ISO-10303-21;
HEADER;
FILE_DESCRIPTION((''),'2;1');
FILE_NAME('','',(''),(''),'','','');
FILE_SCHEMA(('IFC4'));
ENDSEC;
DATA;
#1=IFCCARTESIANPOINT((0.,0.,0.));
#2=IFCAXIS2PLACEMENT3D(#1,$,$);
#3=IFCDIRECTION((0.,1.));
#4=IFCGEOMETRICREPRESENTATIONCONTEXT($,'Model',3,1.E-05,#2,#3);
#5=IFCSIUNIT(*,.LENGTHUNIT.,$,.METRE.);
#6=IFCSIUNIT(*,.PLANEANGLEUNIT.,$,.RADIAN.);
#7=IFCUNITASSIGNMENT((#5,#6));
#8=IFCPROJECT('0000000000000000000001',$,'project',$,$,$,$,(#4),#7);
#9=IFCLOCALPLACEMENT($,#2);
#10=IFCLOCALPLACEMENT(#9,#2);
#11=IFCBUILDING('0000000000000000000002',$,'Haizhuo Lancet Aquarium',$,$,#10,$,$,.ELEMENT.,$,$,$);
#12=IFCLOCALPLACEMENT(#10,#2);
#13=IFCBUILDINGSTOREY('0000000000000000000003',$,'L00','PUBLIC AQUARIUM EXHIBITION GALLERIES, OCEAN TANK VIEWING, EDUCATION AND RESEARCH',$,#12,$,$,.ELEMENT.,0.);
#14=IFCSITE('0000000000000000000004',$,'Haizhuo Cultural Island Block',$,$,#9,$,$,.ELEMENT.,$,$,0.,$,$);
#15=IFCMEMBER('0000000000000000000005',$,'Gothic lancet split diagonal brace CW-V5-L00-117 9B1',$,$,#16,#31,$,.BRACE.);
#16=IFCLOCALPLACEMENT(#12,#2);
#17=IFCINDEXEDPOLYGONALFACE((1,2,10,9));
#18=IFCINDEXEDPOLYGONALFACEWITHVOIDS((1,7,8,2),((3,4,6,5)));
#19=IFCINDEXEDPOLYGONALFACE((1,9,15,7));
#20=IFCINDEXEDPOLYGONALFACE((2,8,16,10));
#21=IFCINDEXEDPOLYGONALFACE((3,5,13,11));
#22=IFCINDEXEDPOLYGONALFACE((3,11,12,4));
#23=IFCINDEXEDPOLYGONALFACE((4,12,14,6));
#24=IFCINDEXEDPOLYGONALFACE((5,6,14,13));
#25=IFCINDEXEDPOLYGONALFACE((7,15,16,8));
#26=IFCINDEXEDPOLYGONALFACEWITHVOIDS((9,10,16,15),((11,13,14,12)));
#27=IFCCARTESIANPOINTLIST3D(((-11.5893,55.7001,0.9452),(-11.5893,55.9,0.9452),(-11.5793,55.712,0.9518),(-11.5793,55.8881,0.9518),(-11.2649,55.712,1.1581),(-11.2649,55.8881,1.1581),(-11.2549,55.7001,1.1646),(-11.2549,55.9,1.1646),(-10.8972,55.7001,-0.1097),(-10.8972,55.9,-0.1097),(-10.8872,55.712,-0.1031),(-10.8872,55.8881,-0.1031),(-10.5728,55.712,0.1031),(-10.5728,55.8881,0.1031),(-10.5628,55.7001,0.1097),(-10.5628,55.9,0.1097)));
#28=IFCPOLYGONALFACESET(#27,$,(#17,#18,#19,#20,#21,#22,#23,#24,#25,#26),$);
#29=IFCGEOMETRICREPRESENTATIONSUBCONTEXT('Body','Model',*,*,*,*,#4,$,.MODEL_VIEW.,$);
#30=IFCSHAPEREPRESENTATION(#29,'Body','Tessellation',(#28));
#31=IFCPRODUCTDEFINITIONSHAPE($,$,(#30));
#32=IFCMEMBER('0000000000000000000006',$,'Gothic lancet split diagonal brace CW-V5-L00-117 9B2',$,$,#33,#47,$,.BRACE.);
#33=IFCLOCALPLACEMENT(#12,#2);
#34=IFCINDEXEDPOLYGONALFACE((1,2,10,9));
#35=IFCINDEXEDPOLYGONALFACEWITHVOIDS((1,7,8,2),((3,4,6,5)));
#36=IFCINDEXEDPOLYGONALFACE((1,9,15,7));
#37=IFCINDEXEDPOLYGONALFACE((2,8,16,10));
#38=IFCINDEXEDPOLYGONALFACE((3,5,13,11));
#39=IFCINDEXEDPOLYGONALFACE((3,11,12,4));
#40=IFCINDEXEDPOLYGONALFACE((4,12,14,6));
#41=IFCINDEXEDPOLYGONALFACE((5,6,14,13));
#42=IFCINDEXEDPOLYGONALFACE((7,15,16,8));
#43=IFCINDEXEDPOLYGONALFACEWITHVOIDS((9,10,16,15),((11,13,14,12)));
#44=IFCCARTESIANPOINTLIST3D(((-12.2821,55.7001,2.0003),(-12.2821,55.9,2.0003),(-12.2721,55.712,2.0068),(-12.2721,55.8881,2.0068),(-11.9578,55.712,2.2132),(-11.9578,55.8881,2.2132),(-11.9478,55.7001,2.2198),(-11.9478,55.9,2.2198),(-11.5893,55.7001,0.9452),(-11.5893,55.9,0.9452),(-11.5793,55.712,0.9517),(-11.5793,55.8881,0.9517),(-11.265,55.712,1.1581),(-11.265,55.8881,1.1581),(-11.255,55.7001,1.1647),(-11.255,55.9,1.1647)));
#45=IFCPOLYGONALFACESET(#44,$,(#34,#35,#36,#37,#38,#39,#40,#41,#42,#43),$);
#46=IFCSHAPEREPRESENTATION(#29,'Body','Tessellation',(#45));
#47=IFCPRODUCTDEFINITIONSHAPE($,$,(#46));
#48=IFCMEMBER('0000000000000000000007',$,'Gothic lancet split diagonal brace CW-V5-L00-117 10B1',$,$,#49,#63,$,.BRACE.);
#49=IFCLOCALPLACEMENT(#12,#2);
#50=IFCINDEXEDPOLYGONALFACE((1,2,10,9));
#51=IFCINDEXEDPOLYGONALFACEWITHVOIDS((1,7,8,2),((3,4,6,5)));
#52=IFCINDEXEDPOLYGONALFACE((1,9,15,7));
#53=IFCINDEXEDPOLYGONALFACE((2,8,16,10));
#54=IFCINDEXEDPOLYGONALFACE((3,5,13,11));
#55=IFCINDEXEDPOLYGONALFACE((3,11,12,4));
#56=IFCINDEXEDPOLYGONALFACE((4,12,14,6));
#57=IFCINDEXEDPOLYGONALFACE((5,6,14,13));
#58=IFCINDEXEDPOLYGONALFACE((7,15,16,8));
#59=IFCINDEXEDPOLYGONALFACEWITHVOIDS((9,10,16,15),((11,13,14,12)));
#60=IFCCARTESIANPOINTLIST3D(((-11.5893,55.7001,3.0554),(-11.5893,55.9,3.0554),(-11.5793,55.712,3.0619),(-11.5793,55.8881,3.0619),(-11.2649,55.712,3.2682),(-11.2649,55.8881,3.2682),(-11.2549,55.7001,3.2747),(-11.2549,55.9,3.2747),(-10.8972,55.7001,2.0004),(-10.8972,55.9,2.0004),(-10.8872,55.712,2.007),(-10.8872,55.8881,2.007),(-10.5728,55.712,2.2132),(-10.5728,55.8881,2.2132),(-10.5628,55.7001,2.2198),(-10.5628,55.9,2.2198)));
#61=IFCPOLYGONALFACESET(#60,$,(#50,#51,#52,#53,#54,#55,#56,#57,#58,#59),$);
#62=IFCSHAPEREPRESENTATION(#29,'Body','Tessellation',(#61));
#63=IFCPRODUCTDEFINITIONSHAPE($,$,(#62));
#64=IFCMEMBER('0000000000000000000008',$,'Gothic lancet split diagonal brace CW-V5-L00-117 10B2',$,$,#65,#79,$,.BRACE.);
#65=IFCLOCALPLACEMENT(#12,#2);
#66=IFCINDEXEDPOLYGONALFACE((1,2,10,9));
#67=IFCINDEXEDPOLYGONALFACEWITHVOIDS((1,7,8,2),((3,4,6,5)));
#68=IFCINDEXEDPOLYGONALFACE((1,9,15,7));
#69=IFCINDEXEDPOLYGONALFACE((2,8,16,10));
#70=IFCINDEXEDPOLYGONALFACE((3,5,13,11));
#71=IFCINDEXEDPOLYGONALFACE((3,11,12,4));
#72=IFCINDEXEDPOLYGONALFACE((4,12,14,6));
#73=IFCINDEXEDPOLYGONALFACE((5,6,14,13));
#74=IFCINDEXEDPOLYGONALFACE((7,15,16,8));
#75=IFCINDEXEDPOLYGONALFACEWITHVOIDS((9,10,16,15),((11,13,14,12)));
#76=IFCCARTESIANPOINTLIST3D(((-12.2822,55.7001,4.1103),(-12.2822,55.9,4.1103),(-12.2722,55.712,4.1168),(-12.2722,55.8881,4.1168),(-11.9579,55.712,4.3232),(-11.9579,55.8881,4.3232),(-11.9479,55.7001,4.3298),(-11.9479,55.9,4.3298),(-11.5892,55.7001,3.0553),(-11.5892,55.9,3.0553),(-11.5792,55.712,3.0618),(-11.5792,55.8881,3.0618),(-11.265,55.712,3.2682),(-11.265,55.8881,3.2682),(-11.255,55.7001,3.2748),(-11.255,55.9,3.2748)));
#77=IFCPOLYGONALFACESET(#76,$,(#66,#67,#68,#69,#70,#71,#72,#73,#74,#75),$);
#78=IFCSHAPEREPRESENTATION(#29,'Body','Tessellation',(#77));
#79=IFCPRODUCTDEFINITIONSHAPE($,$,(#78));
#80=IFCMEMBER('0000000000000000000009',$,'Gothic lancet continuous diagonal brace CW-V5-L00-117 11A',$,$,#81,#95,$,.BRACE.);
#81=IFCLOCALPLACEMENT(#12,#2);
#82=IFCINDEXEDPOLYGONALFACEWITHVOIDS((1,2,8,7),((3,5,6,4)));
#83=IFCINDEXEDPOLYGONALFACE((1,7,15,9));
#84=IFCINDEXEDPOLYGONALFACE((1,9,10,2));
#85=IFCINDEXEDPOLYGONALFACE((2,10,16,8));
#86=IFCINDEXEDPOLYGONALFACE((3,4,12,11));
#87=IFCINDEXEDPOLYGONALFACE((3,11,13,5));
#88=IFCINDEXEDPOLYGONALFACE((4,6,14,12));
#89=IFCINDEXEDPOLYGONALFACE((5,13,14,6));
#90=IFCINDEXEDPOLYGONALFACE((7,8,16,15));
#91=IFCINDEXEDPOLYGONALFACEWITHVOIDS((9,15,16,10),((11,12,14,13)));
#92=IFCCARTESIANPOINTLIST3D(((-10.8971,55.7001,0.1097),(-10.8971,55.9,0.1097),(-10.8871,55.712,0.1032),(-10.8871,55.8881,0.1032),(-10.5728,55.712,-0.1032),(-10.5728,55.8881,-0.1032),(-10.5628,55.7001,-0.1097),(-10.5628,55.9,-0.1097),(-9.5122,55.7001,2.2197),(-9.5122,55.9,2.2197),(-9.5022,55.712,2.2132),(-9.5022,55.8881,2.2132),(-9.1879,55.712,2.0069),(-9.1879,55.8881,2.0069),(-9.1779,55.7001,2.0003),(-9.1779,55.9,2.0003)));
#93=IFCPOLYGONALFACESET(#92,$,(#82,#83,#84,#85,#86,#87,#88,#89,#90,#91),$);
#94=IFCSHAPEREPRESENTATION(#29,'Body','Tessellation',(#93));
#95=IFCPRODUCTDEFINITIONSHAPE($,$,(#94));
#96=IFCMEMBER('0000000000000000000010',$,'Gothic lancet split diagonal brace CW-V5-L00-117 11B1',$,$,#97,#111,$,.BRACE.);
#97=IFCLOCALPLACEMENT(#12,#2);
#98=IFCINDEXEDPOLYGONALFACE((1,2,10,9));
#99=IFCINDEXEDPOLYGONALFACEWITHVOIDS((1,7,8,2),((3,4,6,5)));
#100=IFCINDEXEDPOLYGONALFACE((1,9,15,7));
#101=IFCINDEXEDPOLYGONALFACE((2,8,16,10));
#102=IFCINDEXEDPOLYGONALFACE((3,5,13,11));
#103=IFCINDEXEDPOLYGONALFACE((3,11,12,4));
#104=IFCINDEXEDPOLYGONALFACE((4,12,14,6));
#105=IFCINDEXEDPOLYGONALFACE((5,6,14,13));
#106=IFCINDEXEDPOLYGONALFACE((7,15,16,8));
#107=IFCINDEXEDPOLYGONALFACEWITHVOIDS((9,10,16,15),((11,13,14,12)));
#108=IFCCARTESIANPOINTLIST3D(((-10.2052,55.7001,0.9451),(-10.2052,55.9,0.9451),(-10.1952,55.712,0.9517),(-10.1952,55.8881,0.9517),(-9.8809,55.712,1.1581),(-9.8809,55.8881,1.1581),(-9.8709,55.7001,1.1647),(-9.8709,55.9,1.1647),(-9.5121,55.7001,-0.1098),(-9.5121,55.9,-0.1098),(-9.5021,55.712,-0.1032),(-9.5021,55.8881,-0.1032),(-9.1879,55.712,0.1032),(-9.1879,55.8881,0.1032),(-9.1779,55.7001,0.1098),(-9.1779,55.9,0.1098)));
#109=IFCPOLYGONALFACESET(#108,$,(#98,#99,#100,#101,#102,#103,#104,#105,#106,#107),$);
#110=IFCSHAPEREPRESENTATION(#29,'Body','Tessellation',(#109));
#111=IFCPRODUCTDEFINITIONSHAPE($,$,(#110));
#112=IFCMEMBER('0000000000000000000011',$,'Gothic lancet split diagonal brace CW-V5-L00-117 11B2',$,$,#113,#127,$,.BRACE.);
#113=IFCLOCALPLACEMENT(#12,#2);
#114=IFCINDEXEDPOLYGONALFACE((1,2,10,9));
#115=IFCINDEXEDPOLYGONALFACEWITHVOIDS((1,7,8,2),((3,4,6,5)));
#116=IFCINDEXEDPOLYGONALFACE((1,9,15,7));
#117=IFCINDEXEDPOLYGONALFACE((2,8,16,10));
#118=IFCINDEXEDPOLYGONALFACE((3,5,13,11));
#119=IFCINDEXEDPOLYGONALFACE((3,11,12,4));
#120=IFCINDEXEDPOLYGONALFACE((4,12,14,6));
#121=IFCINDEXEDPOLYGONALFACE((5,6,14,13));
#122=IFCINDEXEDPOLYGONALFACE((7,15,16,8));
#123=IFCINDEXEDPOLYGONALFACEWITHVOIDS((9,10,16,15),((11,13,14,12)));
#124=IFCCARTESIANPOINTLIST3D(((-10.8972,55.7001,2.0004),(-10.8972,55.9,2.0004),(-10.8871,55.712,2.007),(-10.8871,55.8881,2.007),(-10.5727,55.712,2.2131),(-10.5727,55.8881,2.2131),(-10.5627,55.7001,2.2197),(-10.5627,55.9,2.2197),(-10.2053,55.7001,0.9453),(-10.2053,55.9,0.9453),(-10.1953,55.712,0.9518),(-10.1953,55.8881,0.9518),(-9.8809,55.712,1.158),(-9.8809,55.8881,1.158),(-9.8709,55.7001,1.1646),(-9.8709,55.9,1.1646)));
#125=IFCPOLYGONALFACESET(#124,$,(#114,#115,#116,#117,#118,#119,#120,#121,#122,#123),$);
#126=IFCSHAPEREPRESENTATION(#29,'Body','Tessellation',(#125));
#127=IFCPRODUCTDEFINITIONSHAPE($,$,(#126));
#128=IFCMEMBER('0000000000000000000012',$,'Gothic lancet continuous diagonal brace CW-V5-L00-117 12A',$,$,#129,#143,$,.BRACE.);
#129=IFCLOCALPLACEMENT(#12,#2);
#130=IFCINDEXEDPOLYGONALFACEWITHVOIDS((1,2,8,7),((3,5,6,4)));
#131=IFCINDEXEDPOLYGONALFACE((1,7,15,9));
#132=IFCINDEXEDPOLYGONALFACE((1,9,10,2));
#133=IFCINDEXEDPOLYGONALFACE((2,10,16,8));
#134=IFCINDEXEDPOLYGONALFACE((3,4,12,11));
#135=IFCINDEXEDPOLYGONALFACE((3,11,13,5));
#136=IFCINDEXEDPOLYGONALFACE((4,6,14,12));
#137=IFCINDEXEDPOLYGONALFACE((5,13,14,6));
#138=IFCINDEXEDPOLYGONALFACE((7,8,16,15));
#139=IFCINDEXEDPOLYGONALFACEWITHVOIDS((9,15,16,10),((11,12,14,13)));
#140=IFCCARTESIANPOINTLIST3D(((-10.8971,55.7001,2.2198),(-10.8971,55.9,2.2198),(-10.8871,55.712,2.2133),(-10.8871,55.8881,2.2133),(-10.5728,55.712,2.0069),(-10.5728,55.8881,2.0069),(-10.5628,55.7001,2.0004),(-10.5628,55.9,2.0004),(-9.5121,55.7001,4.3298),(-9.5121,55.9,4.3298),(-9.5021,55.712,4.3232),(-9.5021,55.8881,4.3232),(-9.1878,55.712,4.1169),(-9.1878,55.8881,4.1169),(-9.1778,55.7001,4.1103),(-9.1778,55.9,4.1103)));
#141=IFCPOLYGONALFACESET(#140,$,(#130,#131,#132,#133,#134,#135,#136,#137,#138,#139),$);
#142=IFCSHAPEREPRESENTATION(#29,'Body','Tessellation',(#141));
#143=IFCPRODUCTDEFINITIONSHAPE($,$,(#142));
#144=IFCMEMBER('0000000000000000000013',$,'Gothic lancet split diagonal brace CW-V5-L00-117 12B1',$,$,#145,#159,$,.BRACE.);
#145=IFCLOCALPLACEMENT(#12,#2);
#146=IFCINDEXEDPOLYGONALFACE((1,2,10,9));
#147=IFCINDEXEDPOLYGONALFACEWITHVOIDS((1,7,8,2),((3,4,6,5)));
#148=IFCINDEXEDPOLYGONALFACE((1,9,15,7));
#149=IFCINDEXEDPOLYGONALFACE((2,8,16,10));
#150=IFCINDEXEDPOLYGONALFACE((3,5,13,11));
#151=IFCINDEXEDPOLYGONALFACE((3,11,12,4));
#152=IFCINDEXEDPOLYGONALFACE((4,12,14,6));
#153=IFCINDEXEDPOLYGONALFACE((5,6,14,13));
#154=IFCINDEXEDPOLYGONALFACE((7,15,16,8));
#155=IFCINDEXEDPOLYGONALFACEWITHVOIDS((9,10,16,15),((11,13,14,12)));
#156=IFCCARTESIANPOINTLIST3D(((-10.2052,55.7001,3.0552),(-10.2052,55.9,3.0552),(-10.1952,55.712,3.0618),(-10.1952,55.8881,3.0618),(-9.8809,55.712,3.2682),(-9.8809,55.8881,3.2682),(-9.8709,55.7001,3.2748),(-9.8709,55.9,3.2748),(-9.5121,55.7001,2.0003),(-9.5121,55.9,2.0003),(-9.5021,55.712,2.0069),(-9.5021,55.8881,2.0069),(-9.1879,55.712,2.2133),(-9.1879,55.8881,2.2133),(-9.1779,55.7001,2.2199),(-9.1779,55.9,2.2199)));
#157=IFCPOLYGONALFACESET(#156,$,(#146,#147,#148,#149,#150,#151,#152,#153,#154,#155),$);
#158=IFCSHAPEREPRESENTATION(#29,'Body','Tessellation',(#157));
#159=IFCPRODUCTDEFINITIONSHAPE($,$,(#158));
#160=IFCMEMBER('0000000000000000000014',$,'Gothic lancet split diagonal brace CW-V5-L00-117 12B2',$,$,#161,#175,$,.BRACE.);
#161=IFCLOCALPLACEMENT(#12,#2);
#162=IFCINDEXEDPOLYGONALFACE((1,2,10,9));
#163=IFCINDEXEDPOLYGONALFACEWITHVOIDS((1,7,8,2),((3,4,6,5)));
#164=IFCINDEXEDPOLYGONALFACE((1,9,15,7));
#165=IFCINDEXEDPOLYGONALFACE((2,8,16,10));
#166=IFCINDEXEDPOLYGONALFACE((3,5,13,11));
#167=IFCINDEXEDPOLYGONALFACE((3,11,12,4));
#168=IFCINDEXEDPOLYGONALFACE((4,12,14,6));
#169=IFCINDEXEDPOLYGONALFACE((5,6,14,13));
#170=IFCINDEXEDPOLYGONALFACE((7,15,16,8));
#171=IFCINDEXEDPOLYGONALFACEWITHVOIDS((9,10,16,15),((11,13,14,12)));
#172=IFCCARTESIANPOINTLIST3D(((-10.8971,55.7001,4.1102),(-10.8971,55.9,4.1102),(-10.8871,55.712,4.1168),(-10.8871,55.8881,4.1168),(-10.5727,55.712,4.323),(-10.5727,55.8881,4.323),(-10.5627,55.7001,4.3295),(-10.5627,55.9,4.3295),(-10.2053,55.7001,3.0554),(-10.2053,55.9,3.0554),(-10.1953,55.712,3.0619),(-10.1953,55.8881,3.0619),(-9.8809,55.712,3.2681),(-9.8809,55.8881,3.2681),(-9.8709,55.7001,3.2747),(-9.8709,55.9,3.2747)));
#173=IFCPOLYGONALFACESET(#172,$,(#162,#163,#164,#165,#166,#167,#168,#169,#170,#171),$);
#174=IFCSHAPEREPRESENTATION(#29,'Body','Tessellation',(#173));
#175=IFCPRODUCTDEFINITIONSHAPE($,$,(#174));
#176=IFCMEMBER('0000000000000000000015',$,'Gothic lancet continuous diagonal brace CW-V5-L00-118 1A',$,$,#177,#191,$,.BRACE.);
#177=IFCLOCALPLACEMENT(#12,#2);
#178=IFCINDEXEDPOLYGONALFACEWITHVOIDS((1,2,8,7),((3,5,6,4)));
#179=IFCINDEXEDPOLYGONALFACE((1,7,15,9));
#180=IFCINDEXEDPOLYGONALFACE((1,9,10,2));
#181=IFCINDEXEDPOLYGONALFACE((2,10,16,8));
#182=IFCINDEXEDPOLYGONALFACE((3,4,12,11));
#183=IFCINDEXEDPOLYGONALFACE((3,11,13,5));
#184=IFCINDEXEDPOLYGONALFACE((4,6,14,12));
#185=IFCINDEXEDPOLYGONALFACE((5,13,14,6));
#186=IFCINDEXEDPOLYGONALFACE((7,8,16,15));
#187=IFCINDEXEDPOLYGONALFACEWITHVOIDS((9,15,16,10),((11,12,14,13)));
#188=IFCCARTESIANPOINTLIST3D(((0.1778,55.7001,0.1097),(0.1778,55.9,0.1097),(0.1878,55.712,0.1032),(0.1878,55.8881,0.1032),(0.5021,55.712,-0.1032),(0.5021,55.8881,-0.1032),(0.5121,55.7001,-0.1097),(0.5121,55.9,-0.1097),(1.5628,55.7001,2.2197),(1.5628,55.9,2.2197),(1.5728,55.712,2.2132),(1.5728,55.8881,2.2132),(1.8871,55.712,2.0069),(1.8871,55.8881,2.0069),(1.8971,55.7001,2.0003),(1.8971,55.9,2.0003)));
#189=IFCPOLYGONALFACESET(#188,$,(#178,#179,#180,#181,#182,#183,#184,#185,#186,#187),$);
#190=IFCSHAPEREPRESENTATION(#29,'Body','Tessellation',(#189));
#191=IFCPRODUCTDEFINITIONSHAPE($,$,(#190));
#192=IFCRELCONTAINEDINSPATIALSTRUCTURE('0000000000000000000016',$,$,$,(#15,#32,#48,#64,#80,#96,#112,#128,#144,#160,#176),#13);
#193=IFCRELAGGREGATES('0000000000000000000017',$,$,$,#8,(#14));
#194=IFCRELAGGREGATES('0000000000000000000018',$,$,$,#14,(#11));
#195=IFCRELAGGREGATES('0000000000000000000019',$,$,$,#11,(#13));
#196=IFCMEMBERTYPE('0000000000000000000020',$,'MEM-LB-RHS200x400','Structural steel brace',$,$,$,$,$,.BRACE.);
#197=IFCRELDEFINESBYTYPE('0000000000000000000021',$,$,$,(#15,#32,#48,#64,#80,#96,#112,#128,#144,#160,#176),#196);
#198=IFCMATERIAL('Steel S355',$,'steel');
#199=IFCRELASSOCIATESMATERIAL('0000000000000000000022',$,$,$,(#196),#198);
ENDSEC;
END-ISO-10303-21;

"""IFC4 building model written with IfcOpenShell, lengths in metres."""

from ifc_helpers import new_model, si_unit, direction, frame, origin, origin_2d, place, context, subcontext, project, spatial, hollow_rectangle, extrude, material, material_profile, profile_set, type_object, element, save


model = new_model("IFC4")

# Units and contexts
model_context = context("Model", 3, precision=1e-05, world=origin(), true_north=direction((0.0, 1.0)))
body_context = subcontext(model_context, "Body", "Model", "MODEL_VIEW")
ifc_project = project(units=[si_unit("LENGTHUNIT", "METRE"), si_unit("PLANEANGLEUNIT", "RADIAN")], contexts=[model_context])

# Site, building, storey
site_placement = place(None, origin())
site = spatial("IfcSite", under=ifc_project, at=site_placement, Name="Haizhuo Cultural Island Block", CompositionType="ELEMENT", RefElevation=0.0)
building_placement = place(site_placement, origin())
building = spatial("IfcBuilding", under=site, at=building_placement, Name="Haizhuo Lancet Aquarium", CompositionType="ELEMENT")
storey_placement = place(building_placement, origin())
storey = spatial("IfcBuildingStorey", under=building, at=storey_placement, Name="L00", Description="PUBLIC AQUARIUM EXHIBITION GALLERIES, OCEAN TANK VIEWING, EDUCATION AND RESEARCH", CompositionType="ELEMENT", Elevation=0.0)

# Shared definitions
ifc_material_1 = material(Name="Steel S355", Category="steel")

# Members
ifc_material_profile_1 = material_profile(ifc_material_1, hollow_rectangle(XDim=0.2, YDim=0.3999, WallThickness=0.012, at=origin_2d()), Name="RHS 200x400x12")
ifc_profile_set_1 = profile_set([ifc_material_profile_1], Name="Steel S355")
member_type_1 = type_object("IfcMemberType", Name="MEM-LB-RHS200x400", Description="Structural steel brace", PredefinedType="BRACE", material=ifc_profile_set_1)
member_1_placement = place(storey_placement, frame((-10.73, 55.8, 0.0), z_axis=(-0.548568, 0.0, 0.836106), x_axis=(0.0, -1.0, 0.0)))
element("IfcMember", 1, at=member_1_placement, inside=storey, type_object=member_type_1, Name="Gothic lancet split diagonal brace CW-V5-L00-117 9B1", PredefinedType="BRACE", context=body_context, shape_type="SweptSolid", body=[
    extrude(hollow_rectangle(XDim=0.2, YDim=0.3999, WallThickness=0.012, at=origin_2d()), origin(), (0.0, 0.0, 1.0), 1.2617),
])
member_2_placement = place(storey_placement, frame((-11.4221, 55.8, 1.0549), z_axis=(-0.548885, 0.0, 0.835898), x_axis=(0.0, -1.0, 0.0)))
element("IfcMember", 2, at=member_2_placement, inside=storey, type_object=member_type_1, Name="Gothic lancet split diagonal brace CW-V5-L00-117 9B2", PredefinedType="BRACE", context=body_context, shape_type="SweptSolid", body=[
    extrude(hollow_rectangle(XDim=0.2, YDim=0.3999, WallThickness=0.012, at=origin_2d()), origin(), (0.0, 0.0, 1.0), 1.2622),
])
member_3_placement = place(storey_placement, frame((-10.73, 55.8, 2.1101), z_axis=(-0.548568, 0.0, 0.836106), x_axis=(0.0, -1.0, 0.0)))
element("IfcMember", 3, at=member_3_placement, inside=storey, type_object=member_type_1, Name="Gothic lancet split diagonal brace CW-V5-L00-117 10B1", PredefinedType="BRACE", context=body_context, shape_type="SweptSolid", body=[
    extrude(hollow_rectangle(XDim=0.2, YDim=0.3999, WallThickness=0.012, at=origin_2d()), origin(), (0.0, 0.0, 1.0), 1.2617),
])
member_4_placement = place(storey_placement, frame((-11.4221, 55.8, 3.165), z_axis=(-0.548973, 0.0, 0.83584), x_axis=(0.0, -1.0, 0.0)))
element("IfcMember", 4, at=member_4_placement, inside=storey, type_object=member_type_1, Name="Gothic lancet split diagonal brace CW-V5-L00-117 10B2", PredefinedType="BRACE", context=body_context, shape_type="SweptSolid", body=[
    extrude(hollow_rectangle(XDim=0.2, YDim=0.3999, WallThickness=0.012, at=origin_2d()), origin(), (0.0, 0.0, 1.0), 1.2622),
])
member_5_placement = place(storey_placement, frame((-10.73, 55.8, 0.0), z_axis=(0.548726, 0.0, 0.836002), x_axis=(0.0, 1.0, 0.0)))
element("IfcMember", 5, at=member_5_placement, inside=storey, type_object=member_type_1, Name="Gothic lancet continuous diagonal brace CW-V5-L00-117 11A", PredefinedType="BRACE", context=body_context, shape_type="SweptSolid", body=[
    extrude(hollow_rectangle(XDim=0.2, YDim=0.3999, WallThickness=0.012, at=origin_2d()), origin(), (0.0, 0.0, 1.0), 2.5239),
])
member_6_placement = place(storey_placement, frame((-9.345, 55.8, 0.0), z_axis=(-0.549108, 0.0, 0.835751), x_axis=(0.0, -1.0, 0.0)))
element("IfcMember", 6, at=member_6_placement, inside=storey, type_object=member_type_1, Name="Gothic lancet split diagonal brace CW-V5-L00-117 11B1", PredefinedType="BRACE", context=body_context, shape_type="SweptSolid", body=[
    extrude(hollow_rectangle(XDim=0.2, YDim=0.3999, WallThickness=0.012, at=origin_2d()), origin(), (0.0, 0.0, 1.0), 1.2622),
])
member_7_placement = place(storey_placement, frame((-10.0381, 55.8, 1.0549), z_axis=(-0.548344, 0.0, 0.836253), x_axis=(0.0, -1.0, 0.0)))
element("IfcMember", 7, at=member_7_placement, inside=storey, type_object=member_type_1, Name="Gothic lancet split diagonal brace CW-V5-L00-117 11B2", PredefinedType="BRACE", context=body_context, shape_type="SweptSolid", body=[
    extrude(hollow_rectangle(XDim=0.2, YDim=0.3999, WallThickness=0.012, at=origin_2d()), origin(), (0.0, 0.0, 1.0), 1.2617),
])
member_8_placement = place(storey_placement, frame((-10.73, 55.8, 2.1101), z_axis=(0.548771, 0.0, 0.835973), x_axis=(0.0, 1.0, 0.0)))
element("IfcMember", 8, at=member_8_placement, inside=storey, type_object=member_type_1, Name="Gothic lancet continuous diagonal brace CW-V5-L00-117 12A", PredefinedType="BRACE", context=body_context, shape_type="SweptSolid", body=[
    extrude(hollow_rectangle(XDim=0.2, YDim=0.3999, WallThickness=0.012, at=origin_2d()), origin(), (0.0, 0.0, 1.0), 2.5239),
])
member_9_placement = place(storey_placement, frame((-9.345, 55.8, 2.1101), z_axis=(-0.549108, 0.0, 0.835751), x_axis=(0.0, -1.0, 0.0)))
element("IfcMember", 9, at=member_9_placement, inside=storey, type_object=member_type_1, Name="Gothic lancet split diagonal brace CW-V5-L00-117 12B1", PredefinedType="BRACE", context=body_context, shape_type="SweptSolid", body=[
    extrude(hollow_rectangle(XDim=0.2, YDim=0.3999, WallThickness=0.012, at=origin_2d()), origin(), (0.0, 0.0, 1.0), 1.2622),
])
member_10_placement = place(storey_placement, frame((-10.0381, 55.8, 3.165), z_axis=(-0.548432, 0.0, 0.836195), x_axis=(0.0, -1.0, 0.0)))
element("IfcMember", 10, at=member_10_placement, inside=storey, type_object=member_type_1, Name="Gothic lancet split diagonal brace CW-V5-L00-117 12B2", PredefinedType="BRACE", context=body_context, shape_type="SweptSolid", body=[
    extrude(hollow_rectangle(XDim=0.2, YDim=0.3999, WallThickness=0.012, at=origin_2d()), origin(), (0.0, 0.0, 1.0), 1.2615),
])
for number, where, z_axis, x_axis, name in (
    (11, (0.345, 55.8, 0.0), (0.548726, 0.0, 0.836002), (0.0, 1.0, 0.0), "Gothic lancet continuous diagonal brace CW-V5-L00-118 1A"),
):
    element("IfcMember", number, at=place(storey_placement, frame(where, z_axis=z_axis, x_axis=x_axis)), inside=storey, type_object=member_type_1, Name=name, PredefinedType="BRACE", context=body_context, shape_type="SweptSolid", body=[
        extrude(hollow_rectangle(XDim=0.2, YDim=0.3999, WallThickness=0.012, at=origin_2d()), origin(), (0.0, 0.0, 1.0), 2.5239),
    ])

save(model, "model.ifc")
